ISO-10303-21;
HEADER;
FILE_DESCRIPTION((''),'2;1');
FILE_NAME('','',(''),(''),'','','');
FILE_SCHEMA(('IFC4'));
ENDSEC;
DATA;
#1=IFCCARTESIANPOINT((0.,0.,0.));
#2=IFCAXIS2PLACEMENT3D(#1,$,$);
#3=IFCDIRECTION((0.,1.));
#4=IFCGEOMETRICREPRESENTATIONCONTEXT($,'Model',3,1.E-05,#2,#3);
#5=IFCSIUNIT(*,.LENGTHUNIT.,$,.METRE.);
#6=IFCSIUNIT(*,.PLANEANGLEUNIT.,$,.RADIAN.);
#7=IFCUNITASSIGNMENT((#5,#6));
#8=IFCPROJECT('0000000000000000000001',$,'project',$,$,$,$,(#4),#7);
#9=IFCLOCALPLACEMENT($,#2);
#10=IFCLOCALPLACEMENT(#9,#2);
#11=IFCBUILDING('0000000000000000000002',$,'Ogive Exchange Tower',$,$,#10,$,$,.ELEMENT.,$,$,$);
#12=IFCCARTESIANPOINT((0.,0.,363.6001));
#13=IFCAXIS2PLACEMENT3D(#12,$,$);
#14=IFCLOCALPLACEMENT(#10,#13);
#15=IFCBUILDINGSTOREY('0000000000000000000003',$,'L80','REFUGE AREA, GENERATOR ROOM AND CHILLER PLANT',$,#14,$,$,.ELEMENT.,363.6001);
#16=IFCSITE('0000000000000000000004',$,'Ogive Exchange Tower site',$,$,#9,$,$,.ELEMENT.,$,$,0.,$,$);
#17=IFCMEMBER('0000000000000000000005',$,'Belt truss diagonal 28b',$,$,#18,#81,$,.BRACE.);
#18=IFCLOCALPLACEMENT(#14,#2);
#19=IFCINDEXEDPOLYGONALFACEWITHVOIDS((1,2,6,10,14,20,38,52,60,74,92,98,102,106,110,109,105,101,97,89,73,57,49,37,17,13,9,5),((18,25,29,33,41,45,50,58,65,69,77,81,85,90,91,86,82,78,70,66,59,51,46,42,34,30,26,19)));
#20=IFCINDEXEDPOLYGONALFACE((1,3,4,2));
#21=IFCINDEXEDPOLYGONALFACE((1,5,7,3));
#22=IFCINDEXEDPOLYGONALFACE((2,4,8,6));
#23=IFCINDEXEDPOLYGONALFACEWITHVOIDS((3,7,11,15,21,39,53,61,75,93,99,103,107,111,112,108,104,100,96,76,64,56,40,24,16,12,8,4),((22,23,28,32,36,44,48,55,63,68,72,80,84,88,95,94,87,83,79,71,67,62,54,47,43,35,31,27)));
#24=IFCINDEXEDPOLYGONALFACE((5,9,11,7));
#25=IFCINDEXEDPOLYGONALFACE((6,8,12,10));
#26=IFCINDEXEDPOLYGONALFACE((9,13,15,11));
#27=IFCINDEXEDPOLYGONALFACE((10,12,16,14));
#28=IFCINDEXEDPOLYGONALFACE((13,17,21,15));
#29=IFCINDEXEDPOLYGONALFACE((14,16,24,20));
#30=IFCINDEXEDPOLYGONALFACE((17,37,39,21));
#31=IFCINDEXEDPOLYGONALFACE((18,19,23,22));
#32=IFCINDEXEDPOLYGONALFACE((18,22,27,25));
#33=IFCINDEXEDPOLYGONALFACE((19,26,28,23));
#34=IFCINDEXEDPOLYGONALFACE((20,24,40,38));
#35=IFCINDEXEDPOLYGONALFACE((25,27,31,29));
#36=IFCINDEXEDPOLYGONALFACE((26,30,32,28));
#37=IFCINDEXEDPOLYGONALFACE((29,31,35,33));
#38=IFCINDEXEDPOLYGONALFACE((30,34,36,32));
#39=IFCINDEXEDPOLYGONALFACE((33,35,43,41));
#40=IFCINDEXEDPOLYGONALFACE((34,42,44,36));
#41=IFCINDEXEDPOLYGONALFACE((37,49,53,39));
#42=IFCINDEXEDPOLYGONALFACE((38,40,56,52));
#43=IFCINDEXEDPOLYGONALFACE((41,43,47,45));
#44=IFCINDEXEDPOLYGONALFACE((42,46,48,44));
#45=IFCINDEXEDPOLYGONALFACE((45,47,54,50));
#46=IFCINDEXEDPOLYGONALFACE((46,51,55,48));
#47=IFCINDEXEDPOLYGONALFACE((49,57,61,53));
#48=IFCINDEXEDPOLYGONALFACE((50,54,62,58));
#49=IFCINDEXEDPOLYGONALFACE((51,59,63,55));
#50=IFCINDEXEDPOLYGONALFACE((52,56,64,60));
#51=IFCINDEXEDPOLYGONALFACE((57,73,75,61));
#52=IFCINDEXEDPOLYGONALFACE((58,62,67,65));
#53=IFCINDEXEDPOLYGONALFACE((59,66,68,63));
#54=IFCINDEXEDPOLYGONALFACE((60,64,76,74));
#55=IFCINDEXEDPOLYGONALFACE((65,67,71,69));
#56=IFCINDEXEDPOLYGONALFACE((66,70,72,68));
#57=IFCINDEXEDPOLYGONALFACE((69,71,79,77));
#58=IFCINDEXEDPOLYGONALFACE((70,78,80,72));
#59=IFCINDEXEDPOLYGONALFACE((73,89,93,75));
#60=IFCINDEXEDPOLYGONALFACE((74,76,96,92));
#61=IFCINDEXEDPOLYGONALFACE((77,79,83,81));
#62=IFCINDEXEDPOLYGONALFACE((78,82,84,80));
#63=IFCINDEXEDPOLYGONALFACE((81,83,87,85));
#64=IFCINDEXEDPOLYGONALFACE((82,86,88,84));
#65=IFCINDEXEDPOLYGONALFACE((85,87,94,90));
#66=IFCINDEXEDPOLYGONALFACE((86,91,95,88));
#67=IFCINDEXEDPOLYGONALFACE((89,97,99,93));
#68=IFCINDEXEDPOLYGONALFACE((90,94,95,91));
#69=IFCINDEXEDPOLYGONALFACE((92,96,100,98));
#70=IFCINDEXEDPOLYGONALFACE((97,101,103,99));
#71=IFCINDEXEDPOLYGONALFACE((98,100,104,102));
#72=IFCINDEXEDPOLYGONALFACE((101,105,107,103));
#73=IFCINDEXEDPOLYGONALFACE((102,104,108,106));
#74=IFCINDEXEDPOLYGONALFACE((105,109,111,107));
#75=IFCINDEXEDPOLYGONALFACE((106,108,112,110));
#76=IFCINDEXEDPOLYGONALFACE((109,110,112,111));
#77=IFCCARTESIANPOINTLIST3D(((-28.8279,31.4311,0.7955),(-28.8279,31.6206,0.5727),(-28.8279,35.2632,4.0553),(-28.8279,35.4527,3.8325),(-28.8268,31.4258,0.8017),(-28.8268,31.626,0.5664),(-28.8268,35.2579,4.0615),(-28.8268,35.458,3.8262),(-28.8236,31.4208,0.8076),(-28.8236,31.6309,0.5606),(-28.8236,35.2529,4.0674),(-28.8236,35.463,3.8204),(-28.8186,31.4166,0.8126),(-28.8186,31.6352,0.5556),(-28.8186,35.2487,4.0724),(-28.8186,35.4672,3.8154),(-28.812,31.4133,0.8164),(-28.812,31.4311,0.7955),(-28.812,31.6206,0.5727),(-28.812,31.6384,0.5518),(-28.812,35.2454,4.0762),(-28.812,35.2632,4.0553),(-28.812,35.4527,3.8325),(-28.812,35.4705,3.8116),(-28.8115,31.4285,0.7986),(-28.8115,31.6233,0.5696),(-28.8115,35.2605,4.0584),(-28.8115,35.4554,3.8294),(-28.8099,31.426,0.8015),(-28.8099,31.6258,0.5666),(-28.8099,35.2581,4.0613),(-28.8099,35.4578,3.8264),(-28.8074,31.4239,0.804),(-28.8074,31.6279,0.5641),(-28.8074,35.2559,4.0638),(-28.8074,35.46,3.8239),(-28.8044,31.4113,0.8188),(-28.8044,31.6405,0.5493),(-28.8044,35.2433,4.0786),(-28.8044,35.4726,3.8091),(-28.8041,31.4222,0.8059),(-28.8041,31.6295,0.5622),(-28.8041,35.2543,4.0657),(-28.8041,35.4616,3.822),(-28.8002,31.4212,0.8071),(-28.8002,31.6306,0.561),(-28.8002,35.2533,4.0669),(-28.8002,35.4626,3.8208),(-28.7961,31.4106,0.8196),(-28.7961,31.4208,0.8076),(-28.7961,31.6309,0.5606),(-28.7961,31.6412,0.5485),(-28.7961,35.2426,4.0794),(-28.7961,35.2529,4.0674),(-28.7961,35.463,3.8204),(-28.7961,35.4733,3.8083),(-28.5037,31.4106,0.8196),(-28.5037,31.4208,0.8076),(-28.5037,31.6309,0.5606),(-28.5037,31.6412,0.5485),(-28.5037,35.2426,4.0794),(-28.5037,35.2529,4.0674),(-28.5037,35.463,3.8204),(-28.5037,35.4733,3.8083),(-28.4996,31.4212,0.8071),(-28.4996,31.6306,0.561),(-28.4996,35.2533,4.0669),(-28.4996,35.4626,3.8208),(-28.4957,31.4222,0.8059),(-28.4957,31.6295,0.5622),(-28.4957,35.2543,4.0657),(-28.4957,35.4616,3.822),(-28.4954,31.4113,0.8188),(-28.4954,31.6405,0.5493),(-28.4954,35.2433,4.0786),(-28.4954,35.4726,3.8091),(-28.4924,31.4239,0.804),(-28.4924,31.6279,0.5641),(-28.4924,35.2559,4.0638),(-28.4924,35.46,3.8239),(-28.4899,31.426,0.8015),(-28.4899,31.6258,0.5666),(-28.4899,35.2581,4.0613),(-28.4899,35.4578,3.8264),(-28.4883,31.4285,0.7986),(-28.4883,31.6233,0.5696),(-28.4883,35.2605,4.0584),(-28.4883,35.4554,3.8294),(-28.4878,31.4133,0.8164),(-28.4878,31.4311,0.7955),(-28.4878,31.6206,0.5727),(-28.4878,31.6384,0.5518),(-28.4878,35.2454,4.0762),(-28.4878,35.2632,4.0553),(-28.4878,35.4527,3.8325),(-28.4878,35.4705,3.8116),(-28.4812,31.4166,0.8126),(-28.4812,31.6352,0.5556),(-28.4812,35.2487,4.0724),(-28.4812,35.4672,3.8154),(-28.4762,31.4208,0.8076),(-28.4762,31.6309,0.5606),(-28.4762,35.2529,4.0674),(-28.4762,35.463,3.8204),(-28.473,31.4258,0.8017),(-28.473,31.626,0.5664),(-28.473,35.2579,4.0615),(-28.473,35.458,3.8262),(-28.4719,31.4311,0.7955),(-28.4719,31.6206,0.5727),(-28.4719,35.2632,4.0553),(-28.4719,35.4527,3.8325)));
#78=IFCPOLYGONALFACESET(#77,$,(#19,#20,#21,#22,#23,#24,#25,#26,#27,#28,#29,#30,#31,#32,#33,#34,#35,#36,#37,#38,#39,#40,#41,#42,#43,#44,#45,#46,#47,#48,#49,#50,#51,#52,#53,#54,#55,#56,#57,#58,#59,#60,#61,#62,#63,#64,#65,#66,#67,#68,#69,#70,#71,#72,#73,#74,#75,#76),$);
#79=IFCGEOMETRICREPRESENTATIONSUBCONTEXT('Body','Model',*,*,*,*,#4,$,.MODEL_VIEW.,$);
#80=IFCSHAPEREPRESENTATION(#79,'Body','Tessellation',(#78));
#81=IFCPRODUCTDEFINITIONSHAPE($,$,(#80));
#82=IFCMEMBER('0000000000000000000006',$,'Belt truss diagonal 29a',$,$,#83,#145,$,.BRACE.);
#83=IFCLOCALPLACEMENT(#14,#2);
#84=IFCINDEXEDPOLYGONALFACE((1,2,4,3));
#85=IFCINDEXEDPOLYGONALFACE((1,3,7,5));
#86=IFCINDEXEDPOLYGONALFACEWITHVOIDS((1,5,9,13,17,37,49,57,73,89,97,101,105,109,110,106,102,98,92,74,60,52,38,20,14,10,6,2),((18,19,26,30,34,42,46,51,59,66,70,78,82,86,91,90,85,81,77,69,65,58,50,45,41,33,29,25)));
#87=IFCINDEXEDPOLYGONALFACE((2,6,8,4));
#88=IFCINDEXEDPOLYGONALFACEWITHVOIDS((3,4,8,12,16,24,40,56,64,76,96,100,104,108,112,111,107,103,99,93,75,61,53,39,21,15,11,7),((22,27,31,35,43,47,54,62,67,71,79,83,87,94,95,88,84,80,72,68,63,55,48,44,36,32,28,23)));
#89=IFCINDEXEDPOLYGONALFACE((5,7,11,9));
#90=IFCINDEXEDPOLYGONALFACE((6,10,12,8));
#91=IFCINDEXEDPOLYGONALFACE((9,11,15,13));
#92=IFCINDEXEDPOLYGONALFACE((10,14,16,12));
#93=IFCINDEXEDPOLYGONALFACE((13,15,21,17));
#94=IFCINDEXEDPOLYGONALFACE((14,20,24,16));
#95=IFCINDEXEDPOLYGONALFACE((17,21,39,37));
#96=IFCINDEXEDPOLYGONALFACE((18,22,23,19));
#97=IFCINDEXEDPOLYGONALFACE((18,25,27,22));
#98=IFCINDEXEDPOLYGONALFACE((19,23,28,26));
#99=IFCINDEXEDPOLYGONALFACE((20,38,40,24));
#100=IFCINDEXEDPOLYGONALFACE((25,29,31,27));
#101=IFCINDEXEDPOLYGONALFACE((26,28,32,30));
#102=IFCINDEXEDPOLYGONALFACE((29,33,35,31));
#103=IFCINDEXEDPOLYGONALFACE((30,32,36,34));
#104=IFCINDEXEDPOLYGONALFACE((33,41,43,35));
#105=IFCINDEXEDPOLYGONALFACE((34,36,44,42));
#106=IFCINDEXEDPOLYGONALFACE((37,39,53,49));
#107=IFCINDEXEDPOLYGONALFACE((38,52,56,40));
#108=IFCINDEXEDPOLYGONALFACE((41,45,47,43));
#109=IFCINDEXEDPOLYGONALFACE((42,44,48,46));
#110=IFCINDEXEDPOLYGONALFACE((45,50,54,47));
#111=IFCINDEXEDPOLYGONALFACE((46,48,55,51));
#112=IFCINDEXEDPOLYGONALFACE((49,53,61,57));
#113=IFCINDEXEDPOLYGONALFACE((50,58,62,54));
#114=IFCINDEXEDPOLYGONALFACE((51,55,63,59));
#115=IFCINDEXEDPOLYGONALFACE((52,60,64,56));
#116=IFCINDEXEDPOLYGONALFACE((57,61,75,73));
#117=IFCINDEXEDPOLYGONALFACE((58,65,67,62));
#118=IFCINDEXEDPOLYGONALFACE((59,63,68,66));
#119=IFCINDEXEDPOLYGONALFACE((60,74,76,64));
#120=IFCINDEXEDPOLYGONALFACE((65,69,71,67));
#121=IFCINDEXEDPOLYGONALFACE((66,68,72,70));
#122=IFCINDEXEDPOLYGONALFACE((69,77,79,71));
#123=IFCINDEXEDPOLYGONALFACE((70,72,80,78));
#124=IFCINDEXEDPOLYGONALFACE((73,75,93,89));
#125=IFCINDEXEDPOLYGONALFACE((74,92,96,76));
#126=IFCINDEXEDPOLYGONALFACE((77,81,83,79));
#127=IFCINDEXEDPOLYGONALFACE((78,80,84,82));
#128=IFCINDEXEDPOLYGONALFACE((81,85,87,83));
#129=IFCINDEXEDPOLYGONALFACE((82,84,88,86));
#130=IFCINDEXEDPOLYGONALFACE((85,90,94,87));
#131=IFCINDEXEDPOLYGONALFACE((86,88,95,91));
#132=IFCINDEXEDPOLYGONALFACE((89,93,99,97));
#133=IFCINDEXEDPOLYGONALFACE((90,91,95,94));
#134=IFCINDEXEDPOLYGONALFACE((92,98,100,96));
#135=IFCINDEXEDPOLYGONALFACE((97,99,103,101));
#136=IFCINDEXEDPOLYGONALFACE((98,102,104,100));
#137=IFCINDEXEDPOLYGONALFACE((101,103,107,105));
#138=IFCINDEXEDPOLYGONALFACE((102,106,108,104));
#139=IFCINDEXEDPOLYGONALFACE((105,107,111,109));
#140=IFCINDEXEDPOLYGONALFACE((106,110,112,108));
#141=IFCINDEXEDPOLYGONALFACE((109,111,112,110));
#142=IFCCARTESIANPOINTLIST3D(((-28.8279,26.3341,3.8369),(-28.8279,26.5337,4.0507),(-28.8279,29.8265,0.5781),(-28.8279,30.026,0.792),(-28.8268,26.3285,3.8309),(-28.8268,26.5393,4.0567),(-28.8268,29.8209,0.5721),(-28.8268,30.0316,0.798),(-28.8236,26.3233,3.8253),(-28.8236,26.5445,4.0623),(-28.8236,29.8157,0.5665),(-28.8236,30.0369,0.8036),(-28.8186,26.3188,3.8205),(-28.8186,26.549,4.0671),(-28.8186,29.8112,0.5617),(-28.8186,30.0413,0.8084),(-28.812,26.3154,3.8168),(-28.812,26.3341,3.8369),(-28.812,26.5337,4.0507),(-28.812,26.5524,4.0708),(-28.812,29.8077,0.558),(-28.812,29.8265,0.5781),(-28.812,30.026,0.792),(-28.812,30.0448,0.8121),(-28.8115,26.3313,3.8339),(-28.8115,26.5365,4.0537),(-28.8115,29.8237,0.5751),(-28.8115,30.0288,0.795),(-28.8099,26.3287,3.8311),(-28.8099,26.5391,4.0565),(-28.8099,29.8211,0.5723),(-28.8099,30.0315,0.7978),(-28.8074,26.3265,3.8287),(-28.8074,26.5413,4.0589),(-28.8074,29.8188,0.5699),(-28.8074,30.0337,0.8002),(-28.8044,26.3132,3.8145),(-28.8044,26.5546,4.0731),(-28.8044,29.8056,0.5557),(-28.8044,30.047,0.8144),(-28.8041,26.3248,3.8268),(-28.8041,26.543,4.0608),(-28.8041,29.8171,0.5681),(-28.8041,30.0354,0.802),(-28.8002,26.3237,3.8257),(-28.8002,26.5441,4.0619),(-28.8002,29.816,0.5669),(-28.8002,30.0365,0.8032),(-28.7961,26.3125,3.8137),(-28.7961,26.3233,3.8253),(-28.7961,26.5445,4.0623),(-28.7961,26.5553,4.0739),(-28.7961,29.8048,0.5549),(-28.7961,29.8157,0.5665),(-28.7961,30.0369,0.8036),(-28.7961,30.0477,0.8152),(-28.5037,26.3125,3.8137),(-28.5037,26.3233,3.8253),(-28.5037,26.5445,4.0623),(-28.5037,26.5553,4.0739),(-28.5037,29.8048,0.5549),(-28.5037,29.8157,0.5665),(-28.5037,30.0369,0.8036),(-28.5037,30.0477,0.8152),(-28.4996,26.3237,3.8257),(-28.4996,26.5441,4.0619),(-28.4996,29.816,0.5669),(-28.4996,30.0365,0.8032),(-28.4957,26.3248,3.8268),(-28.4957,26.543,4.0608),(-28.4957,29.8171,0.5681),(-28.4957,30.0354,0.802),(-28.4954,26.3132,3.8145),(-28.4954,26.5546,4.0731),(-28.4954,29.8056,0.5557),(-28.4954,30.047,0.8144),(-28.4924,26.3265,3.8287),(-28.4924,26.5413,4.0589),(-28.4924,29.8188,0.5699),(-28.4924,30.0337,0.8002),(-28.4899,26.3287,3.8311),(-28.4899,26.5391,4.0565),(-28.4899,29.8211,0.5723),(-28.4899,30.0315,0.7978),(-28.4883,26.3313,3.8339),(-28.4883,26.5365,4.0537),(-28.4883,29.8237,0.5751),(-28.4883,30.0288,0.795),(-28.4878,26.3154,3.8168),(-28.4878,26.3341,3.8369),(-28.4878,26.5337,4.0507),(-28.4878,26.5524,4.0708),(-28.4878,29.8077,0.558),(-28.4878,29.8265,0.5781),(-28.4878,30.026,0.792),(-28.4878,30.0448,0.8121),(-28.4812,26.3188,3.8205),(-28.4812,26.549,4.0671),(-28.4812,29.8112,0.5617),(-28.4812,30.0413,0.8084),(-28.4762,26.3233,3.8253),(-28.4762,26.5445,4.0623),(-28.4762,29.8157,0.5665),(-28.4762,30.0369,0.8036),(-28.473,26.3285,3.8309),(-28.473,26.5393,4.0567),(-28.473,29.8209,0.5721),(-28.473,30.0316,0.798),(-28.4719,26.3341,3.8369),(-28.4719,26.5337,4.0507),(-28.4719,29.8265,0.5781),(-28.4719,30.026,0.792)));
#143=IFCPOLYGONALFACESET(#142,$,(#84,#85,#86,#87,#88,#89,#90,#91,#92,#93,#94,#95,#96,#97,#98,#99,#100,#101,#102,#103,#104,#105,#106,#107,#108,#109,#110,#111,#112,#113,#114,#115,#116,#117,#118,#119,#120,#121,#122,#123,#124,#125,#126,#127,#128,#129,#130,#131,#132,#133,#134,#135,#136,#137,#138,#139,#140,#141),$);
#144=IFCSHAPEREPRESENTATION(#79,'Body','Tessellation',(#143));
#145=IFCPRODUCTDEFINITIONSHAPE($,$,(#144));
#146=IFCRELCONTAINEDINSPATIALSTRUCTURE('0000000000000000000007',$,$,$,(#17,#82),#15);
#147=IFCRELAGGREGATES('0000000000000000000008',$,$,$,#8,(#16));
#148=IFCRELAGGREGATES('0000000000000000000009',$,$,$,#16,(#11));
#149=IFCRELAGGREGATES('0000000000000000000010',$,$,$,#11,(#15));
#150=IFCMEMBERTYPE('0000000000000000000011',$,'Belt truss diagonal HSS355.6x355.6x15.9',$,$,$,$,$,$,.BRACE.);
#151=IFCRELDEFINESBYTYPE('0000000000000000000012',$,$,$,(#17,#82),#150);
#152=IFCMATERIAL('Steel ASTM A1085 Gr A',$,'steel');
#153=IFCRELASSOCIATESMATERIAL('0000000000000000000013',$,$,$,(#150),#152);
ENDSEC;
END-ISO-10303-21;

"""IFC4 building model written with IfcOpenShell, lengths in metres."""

from ifc_helpers import new_model, si_unit, direction, frame, origin, origin_2d, place, context, subcontext, project, spatial, hollow_rectangle, extrude, material, material_profile, profile_set, type_object, element, save


model = new_model("IFC4")

# Units and contexts
model_context = context("Model", 3, precision=1e-05, world=origin(), true_north=direction((0.0, 1.0)))
body_context = subcontext(model_context, "Body", "Model", "MODEL_VIEW")
ifc_project = project(units=[si_unit("LENGTHUNIT", "METRE"), si_unit("PLANEANGLEUNIT", "RADIAN")], contexts=[model_context])

# Site, building, storey
site_placement = place(None, origin())
site = spatial("IfcSite", under=ifc_project, at=site_placement, Name="Ogive Exchange Tower site", CompositionType="ELEMENT", RefElevation=0.0)
building_placement = place(site_placement, origin())
building = spatial("IfcBuilding", under=site, at=building_placement, Name="Ogive Exchange Tower", CompositionType="ELEMENT")
storey_placement = place(building_placement, frame((0.0, 0.0, 363.6001)))
storey = spatial("IfcBuildingStorey", under=building, at=storey_placement, Name="L80", Description="REFUGE AREA, GENERATOR ROOM AND CHILLER PLANT", CompositionType="ELEMENT", Elevation=363.6001)

# Members
ifc_material_1 = material(Name="Steel ASTM A1085 Gr A", Category="steel")
ifc_material_profile_1 = material_profile(ifc_material_1, hollow_rectangle(XDim=0.356, YDim=0.356, WallThickness=0.0159, InnerFilletRadius=0.0159, OuterFilletRadius=0.0317, at=origin_2d()), Name="HSS355.6x355.6x15.9")
ifc_profile_set_1 = profile_set([ifc_material_profile_1], Name="Steel ASTM A1085 Gr A")
member_type = type_object("IfcMemberType", Name="Belt truss diagonal HSS355.6x355.6x15.9", PredefinedType="BRACE", material=ifc_profile_set_1)
member_1_placement = place(storey_placement, frame((-28.6499, 31.5259, 0.6841), z_axis=(0.0, 0.76169, 0.647941), x_axis=(-1.0, 0.0, 0.0)))
element("IfcMember", 1, at=member_1_placement, inside=storey, type_object=member_type, Name="Belt truss diagonal 28b", PredefinedType="BRACE", context=body_context, shape_type="SweptSolid", body=[
    extrude(hollow_rectangle(XDim=0.356, YDim=0.356, WallThickness=0.0159, InnerFilletRadius=0.0159, OuterFilletRadius=0.0317, at=origin_2d()), origin(), (0.0, 0.0, 1.0), 5.031),
])
member_2_placement = place(storey_placement, frame((-28.6499, 29.9263, 0.6851), z_axis=(0.0, -0.73114, 0.682227), x_axis=(1.0, 0.0, 0.0)))
element("IfcMember", 2, at=member_2_placement, inside=storey, type_object=member_type, Name="Belt truss diagonal 29a", PredefinedType="BRACE", context=body_context, shape_type="SweptSolid", body=[
    extrude(hollow_rectangle(XDim=0.356, YDim=0.356, WallThickness=0.0159, InnerFilletRadius=0.0159, OuterFilletRadius=0.0317, at=origin_2d()), origin(), (0.0, 0.0, 1.0), 4.7766),
])

save(model, "model.ifc")
